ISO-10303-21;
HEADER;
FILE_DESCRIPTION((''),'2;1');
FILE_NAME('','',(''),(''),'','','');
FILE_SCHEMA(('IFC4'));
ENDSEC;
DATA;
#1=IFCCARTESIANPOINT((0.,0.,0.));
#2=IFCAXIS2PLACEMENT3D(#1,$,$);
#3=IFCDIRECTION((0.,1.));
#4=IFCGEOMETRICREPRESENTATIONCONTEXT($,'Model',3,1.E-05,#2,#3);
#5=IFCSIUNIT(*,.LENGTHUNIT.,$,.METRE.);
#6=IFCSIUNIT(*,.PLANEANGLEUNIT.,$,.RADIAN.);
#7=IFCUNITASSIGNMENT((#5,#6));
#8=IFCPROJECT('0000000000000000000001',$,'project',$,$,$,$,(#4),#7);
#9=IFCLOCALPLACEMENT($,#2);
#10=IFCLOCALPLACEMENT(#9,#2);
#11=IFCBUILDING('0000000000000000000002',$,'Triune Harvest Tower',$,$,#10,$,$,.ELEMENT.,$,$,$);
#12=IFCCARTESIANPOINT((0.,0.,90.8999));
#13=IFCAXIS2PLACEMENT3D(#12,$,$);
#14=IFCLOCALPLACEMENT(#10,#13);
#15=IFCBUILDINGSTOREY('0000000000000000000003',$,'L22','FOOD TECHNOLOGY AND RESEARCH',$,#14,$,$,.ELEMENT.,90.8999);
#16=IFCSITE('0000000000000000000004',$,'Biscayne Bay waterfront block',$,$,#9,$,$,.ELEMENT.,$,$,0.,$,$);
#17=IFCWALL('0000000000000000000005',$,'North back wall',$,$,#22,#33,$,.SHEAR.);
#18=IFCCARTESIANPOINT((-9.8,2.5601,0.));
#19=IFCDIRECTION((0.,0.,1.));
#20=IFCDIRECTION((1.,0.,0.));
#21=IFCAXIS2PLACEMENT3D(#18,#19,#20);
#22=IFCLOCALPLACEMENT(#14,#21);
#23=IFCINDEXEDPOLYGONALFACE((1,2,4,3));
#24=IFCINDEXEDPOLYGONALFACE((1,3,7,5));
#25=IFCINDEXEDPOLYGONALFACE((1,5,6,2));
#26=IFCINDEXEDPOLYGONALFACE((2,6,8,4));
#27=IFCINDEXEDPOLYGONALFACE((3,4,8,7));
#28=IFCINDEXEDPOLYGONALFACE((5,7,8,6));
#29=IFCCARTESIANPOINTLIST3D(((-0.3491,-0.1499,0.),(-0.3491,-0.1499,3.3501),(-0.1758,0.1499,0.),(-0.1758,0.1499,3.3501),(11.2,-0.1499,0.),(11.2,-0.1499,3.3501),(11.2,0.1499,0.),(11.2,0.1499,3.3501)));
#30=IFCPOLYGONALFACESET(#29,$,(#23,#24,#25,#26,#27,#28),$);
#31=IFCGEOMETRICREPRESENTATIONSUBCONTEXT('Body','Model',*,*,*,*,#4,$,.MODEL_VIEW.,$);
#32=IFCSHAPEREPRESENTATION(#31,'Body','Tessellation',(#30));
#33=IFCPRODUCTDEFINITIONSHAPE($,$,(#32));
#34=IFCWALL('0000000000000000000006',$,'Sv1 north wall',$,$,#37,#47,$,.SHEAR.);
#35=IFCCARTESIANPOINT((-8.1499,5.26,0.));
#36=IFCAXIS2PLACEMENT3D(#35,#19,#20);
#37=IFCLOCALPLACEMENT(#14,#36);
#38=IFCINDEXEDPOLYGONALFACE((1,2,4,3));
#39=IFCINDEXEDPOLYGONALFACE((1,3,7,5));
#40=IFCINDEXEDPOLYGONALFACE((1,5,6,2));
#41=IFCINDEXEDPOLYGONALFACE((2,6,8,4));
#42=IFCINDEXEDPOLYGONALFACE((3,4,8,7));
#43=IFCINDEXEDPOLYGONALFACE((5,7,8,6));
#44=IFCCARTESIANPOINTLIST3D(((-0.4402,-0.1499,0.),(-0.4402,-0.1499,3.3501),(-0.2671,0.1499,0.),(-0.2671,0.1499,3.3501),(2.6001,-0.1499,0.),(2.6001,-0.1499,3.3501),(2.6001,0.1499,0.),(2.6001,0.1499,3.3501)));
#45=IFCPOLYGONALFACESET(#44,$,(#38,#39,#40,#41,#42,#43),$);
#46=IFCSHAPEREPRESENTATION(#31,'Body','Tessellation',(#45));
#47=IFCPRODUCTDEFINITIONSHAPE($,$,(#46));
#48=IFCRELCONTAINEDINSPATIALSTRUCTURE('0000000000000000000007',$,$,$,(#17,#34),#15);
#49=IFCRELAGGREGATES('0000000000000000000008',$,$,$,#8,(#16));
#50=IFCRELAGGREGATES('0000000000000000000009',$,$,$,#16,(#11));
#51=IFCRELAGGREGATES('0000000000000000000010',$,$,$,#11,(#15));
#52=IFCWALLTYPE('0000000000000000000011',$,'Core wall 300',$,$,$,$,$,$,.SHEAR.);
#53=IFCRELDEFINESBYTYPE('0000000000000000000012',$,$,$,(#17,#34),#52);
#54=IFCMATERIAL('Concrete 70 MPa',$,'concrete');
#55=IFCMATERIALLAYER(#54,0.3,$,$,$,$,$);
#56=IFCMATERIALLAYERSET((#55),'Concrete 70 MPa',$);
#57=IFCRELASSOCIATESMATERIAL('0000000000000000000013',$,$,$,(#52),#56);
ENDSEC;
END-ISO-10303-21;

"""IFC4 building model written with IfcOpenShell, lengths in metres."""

from ifc_helpers import new_model, si_unit, direction, frame, origin, place, context, subcontext, project, spatial, polyline, outline, extrude, source, transform, mapped, material, layer, layer_set, type_object, element, save


model = new_model("IFC4")

# Units and contexts
model_context = context("Model", 3, precision=1e-05, world=origin(), true_north=direction((0.0, 1.0)))
body_context = subcontext(model_context, "Body", "Model", "MODEL_VIEW")
ifc_project = project(units=[si_unit("LENGTHUNIT", "METRE"), si_unit("PLANEANGLEUNIT", "RADIAN")], contexts=[model_context])

# Site, building, storey
site_placement = place(None, origin())
site = spatial("IfcSite", under=ifc_project, at=site_placement, Name="Biscayne Bay waterfront block", CompositionType="ELEMENT", RefElevation=0.0)
building_placement = place(site_placement, origin())
building = spatial("IfcBuilding", under=site, at=building_placement, Name="Triune Harvest Tower", CompositionType="ELEMENT")
storey_placement = place(building_placement, frame((0.0, 0.0, 90.8999)))
storey = spatial("IfcBuildingStorey", under=building, at=storey_placement, Name="L22", Description="FOOD TECHNOLOGY AND RESEARCH", CompositionType="ELEMENT", Elevation=90.8999)

# Walls
ifc_material_1 = material(Name="Concrete 70 MPa", Category="concrete")
ifc_layer_1 = layer(ifc_material_1, 0.3)
ifc_layer_set_1 = layer_set([ifc_layer_1], Name="Concrete 70 MPa")
wall_type_1 = type_object("IfcWallType", Name="Core wall 300", PredefinedType="SHEAR", material=ifc_layer_set_1)
shared_shape_1 = source(origin(), body_context, "Body", "SweptSolid", [
    extrude(outline(polyline([(11.2, -0.1499), (-0.3491, -0.1499), (-0.1758, 0.1499), (11.2, 0.1499), (11.2, -0.1499)])), origin(), (0.0, 0.0, 1.0), 3.3501),
])
wall_1_placement = place(storey_placement, frame((-9.8, 2.5601, 0.0), z_axis=(0.0, 0.0, 1.0), x_axis=(1.0, 0.0, 0.0)))
element("IfcWall", 1, at=wall_1_placement, inside=storey, type_object=wall_type_1, Name="North back wall", PredefinedType="SHEAR", context=body_context, shape_type="MappedRepresentation", body=[
    mapped(shared_shape_1, transform((0.0, 0.0, 0.0), scale=1.0)),
])
shared_shape_2 = source(origin(), body_context, "Body", "SweptSolid", [
    extrude(outline(polyline([(2.6001, -0.1499), (-0.4402, -0.1499), (-0.2671, 0.1499), (2.6001, 0.1499), (2.6001, -0.1499)])), origin(), (0.0, 0.0, 1.0), 3.3501),
])
wall_2_placement = place(storey_placement, frame((-8.1499, 5.26, 0.0), z_axis=(0.0, 0.0, 1.0), x_axis=(1.0, 0.0, 0.0)))
element("IfcWall", 2, at=wall_2_placement, inside=storey, type_object=wall_type_1, Name="Sv1 north wall", PredefinedType="SHEAR", context=body_context, shape_type="MappedRepresentation", body=[
    mapped(shared_shape_2, transform((0.0, 0.0, 0.0), scale=1.0)),
])

save(model, "model.ifc")
